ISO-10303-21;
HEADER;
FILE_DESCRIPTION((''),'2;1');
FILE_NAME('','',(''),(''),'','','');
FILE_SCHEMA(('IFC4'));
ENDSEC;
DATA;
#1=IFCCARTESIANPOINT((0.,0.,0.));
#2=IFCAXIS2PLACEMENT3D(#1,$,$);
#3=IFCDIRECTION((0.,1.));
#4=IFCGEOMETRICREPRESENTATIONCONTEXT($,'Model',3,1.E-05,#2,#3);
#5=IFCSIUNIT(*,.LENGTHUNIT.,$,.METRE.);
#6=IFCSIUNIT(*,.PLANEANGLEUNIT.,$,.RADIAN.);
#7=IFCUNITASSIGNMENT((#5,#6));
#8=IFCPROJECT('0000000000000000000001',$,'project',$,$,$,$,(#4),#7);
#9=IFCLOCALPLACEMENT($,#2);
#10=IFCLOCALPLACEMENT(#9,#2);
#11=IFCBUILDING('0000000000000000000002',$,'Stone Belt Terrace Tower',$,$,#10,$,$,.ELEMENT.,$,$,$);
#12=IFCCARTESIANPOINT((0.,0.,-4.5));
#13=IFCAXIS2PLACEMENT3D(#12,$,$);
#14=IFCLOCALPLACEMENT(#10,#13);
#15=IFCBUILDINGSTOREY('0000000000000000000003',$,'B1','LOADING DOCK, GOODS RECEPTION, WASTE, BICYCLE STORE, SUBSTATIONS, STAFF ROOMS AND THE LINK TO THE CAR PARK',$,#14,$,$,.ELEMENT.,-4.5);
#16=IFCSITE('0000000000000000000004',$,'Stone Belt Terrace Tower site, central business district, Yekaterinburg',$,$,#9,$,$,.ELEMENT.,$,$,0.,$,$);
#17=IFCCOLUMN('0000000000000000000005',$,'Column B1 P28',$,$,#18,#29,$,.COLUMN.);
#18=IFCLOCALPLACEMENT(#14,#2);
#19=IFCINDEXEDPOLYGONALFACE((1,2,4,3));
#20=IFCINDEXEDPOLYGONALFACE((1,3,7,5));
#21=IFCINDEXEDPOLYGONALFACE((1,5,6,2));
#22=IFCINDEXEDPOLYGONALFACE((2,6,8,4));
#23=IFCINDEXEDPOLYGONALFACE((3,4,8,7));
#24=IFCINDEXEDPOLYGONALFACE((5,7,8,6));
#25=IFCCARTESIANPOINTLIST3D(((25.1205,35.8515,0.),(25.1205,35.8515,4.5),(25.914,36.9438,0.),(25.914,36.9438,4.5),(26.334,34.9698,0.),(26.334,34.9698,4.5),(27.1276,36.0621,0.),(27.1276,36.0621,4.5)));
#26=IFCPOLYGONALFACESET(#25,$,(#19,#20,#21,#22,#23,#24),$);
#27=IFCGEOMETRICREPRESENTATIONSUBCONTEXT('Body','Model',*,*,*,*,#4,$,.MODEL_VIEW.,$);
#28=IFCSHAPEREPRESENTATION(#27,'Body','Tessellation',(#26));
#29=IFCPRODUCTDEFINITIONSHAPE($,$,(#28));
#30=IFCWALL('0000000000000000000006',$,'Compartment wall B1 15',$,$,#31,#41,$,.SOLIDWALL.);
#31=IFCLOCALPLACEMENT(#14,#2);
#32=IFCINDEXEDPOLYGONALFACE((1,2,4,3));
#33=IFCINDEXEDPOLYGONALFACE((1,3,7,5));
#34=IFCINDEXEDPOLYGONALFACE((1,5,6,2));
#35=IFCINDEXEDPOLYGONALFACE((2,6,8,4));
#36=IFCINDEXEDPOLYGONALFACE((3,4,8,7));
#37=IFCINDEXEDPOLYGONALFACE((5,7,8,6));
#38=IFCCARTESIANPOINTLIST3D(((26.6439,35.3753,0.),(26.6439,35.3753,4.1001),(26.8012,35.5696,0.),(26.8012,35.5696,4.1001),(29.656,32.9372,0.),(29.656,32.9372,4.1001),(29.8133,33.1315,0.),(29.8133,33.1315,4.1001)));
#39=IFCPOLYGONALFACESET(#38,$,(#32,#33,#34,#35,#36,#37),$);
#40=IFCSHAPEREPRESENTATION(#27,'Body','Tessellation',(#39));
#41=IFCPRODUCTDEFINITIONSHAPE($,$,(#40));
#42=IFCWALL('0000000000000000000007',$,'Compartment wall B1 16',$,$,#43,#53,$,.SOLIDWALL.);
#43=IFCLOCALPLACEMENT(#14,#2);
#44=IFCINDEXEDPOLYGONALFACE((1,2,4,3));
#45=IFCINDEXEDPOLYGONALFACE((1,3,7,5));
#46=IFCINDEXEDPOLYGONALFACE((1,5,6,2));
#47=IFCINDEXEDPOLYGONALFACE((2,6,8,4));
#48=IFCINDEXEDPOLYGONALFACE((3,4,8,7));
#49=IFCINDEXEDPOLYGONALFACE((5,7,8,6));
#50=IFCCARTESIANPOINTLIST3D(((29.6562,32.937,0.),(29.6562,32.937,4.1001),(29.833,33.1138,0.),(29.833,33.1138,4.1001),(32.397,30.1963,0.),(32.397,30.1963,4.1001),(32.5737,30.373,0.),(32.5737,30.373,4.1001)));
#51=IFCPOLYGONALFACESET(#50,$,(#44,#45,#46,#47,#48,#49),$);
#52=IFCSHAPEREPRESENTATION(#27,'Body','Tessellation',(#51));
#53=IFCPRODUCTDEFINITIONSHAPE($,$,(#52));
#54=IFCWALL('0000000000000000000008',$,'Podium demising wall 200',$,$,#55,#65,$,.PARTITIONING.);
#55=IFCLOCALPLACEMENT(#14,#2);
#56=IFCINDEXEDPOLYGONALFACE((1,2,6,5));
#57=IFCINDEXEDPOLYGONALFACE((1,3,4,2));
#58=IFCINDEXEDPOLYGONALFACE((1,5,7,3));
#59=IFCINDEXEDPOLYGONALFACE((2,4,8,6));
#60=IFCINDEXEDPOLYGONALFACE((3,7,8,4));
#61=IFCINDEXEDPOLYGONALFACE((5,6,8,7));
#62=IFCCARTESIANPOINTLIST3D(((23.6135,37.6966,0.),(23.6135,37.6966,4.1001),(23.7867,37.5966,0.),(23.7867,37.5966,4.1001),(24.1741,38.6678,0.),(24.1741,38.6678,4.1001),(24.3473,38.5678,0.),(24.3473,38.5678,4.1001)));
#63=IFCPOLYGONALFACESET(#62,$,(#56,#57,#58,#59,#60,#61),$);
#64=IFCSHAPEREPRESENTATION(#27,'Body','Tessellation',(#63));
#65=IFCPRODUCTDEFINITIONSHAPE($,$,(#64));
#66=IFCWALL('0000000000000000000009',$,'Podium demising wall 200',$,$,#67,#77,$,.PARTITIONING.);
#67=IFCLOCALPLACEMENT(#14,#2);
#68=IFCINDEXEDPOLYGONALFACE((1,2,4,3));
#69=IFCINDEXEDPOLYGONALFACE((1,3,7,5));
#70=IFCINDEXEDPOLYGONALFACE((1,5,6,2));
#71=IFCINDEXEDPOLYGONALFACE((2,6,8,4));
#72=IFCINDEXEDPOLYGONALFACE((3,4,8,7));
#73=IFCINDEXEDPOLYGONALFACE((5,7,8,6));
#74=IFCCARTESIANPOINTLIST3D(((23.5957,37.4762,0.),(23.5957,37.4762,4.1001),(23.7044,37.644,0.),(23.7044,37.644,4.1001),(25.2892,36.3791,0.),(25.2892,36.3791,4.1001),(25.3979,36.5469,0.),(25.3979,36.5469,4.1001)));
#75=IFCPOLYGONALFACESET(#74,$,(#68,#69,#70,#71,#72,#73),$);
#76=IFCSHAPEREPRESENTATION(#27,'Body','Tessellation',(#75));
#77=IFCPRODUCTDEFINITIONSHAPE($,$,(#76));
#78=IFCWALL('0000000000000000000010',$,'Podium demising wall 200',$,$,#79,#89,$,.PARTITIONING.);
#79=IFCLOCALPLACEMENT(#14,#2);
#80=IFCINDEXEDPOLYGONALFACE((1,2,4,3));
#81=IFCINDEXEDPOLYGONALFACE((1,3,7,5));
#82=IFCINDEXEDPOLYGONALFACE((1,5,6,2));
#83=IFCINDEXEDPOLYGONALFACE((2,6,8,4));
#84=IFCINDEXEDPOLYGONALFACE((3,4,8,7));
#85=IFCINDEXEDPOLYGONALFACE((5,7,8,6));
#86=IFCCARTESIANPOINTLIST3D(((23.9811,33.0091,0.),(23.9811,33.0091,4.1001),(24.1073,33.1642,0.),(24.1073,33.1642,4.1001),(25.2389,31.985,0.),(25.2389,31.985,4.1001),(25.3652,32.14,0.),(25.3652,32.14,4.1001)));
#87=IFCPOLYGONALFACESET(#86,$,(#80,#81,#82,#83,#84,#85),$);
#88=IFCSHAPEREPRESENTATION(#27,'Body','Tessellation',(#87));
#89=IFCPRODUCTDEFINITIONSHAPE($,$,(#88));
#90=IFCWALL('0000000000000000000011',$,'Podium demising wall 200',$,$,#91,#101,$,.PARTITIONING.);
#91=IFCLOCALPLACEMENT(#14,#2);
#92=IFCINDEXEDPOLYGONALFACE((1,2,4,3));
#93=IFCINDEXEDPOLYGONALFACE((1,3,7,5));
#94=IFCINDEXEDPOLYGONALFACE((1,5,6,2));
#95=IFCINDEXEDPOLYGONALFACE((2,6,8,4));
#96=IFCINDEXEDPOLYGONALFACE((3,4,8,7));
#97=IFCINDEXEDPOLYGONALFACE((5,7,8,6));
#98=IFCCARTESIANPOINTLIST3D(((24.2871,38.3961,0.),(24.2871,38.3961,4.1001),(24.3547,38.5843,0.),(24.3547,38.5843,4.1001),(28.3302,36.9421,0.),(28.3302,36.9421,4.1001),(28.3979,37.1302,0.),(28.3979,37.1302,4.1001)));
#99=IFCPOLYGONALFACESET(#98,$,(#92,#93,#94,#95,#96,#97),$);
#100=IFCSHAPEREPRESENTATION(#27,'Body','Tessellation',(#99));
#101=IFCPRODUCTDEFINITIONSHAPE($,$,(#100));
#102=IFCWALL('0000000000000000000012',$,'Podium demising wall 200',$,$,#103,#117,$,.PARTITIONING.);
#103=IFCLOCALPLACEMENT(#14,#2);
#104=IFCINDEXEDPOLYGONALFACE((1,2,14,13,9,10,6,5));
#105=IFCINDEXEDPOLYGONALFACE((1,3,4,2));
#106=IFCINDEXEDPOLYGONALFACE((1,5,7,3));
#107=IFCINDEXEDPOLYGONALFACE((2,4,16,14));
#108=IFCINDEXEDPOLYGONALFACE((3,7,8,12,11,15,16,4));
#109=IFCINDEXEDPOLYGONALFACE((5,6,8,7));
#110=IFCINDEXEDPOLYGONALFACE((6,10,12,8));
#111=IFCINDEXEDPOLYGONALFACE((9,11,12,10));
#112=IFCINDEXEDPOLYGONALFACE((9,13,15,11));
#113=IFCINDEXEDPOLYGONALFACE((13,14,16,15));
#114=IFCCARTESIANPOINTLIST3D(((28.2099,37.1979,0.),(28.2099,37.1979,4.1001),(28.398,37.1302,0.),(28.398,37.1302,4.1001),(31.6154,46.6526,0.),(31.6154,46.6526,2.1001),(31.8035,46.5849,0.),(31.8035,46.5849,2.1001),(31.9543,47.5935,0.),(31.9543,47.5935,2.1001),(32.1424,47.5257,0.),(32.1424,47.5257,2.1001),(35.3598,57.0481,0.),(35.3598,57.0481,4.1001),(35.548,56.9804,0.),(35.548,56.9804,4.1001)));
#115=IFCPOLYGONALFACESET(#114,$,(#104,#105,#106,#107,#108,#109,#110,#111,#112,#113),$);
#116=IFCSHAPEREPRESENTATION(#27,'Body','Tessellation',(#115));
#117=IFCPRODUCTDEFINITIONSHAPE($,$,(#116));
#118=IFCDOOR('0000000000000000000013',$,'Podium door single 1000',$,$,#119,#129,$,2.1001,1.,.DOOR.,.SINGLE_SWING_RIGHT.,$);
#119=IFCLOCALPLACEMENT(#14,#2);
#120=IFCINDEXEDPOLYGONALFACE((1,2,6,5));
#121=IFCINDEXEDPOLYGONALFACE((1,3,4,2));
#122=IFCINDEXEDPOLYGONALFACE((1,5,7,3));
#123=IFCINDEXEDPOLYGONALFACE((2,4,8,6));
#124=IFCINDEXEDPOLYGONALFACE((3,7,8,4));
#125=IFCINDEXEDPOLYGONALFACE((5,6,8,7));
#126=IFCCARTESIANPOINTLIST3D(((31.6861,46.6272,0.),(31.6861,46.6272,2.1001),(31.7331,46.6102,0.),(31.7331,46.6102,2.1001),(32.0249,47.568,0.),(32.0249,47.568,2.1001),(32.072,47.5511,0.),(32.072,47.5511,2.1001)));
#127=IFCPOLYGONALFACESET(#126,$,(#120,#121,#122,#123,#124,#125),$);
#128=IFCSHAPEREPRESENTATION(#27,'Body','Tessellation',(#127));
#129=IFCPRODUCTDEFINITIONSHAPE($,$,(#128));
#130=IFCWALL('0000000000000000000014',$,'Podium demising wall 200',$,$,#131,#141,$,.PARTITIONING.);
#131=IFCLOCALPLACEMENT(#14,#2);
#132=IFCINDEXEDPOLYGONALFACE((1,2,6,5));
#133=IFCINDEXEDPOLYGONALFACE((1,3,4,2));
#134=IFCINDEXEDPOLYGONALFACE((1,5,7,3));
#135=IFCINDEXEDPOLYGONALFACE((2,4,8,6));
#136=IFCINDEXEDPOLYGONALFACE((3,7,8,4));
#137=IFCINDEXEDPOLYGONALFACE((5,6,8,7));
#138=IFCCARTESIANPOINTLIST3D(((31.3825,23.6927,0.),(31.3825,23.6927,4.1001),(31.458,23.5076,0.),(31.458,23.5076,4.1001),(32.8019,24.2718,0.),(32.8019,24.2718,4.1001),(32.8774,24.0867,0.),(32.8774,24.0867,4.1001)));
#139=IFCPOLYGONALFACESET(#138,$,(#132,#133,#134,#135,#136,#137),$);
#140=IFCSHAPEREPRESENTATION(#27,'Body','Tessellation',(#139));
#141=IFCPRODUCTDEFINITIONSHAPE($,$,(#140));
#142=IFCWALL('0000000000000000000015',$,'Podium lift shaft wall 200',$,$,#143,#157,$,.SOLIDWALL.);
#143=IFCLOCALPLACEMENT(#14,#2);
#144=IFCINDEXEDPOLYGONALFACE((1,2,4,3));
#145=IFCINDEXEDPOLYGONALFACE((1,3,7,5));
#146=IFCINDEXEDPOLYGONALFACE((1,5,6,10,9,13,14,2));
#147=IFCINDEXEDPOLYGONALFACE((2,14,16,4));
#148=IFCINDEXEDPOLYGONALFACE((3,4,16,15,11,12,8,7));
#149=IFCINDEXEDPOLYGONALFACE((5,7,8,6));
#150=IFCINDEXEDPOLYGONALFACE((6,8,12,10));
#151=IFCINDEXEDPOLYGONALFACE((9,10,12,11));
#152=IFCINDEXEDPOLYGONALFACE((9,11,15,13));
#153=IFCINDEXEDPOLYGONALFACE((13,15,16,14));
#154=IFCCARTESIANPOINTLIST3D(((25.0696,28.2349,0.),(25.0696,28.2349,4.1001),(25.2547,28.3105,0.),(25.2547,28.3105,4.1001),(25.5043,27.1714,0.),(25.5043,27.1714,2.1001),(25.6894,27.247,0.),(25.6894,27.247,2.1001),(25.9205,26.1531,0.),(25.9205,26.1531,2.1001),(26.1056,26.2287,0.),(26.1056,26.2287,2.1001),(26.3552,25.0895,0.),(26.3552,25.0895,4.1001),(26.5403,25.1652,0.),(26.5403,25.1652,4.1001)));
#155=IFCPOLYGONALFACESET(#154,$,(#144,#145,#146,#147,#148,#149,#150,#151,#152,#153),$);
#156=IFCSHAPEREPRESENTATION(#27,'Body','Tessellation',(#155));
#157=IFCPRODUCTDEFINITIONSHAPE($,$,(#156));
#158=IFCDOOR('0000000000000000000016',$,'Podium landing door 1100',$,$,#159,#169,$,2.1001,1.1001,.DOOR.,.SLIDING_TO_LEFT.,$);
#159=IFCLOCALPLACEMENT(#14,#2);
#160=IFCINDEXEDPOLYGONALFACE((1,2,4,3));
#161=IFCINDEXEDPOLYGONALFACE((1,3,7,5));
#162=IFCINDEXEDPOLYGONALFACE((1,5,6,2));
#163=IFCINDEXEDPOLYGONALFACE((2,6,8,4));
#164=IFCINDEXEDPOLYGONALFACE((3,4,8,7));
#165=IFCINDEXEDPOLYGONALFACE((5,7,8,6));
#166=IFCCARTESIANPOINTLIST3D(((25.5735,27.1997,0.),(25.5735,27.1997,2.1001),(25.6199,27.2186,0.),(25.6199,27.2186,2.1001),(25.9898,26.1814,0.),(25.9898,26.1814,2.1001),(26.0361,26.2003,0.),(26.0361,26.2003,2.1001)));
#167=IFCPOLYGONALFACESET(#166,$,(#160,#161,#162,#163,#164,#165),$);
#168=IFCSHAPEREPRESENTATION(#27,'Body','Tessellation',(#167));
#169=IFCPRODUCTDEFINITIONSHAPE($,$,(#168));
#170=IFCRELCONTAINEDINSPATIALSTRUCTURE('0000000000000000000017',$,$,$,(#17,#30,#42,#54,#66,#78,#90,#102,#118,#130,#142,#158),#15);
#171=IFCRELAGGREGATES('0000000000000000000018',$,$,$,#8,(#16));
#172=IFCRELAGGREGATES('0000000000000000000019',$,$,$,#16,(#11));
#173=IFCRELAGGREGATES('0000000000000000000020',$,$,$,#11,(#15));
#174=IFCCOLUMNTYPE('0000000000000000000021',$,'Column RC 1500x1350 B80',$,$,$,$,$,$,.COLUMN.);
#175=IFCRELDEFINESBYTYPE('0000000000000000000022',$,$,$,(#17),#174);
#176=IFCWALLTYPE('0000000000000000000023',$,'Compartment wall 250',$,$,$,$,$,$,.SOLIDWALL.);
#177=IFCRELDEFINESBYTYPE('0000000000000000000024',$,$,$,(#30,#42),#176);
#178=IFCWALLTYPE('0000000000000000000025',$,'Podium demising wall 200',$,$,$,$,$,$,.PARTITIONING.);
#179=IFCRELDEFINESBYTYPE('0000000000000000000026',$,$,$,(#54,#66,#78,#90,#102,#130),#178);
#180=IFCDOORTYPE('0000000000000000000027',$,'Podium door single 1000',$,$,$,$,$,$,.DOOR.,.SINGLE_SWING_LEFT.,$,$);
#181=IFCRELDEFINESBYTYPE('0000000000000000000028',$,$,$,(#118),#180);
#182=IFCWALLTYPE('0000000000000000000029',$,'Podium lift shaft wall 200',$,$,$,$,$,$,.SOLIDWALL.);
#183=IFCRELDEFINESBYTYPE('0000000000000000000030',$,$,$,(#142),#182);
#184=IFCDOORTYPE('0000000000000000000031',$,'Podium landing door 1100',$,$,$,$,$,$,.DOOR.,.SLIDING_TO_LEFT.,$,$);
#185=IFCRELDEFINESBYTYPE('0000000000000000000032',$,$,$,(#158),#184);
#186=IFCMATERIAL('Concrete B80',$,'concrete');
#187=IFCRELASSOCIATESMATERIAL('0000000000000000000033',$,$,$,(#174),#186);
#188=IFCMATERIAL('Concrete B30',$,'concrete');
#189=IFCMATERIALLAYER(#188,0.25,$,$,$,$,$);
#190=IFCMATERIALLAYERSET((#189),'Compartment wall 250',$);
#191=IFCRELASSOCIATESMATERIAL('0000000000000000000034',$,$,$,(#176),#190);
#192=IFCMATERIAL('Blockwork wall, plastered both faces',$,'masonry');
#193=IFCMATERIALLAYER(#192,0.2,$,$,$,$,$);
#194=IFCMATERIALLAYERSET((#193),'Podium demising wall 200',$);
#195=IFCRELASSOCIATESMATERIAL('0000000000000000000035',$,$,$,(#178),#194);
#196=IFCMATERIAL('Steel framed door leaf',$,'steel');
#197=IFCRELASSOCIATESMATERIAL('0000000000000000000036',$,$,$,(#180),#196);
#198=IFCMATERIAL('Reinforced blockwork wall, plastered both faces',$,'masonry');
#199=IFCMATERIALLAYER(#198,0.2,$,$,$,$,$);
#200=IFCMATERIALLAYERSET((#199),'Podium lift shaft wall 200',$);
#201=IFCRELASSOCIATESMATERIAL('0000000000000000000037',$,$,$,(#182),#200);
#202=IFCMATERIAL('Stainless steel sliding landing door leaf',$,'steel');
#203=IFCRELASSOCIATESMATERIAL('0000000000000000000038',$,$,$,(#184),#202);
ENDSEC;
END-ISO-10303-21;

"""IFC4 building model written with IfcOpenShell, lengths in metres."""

from ifc_helpers import new_model, si_unit, direction, frame, frame_2d, origin, origin_2d, place, context, subcontext, project, spatial, rectangle, extrude, material, layer, layer_set, material_profile, profile_set, type_object, element, fill, save


model = new_model("IFC4")

# Units and contexts
model_context = context("Model", 3, precision=1e-05, world=origin(), true_north=direction((0.0, 1.0)))
body_context = subcontext(model_context, "Body", "Model", "MODEL_VIEW")
ifc_project = project(units=[si_unit("LENGTHUNIT", "METRE"), si_unit("PLANEANGLEUNIT", "RADIAN")], contexts=[model_context])

# Site, building, storey
site_placement = place(None, origin())
site = spatial("IfcSite", under=ifc_project, at=site_placement, Name="Stone Belt Terrace Tower site, central business district, Yekaterinburg", CompositionType="ELEMENT", RefElevation=0.0)
building_placement = place(site_placement, origin())
building = spatial("IfcBuilding", under=site, at=building_placement, Name="Stone Belt Terrace Tower", CompositionType="ELEMENT")
storey_placement = place(building_placement, frame((0.0, 0.0, -4.5)))
storey = spatial("IfcBuildingStorey", under=building, at=storey_placement, Name="B1", Description="LOADING DOCK, GOODS RECEPTION, WASTE, BICYCLE STORE, SUBSTATIONS, STAFF ROOMS AND THE LINK TO THE CAR PARK", CompositionType="ELEMENT", Elevation=-4.5)

# Column
ifc_material_1 = material(Name="Concrete B80", Category="concrete")
ifc_material_profile = material_profile(ifc_material_1, rectangle(XDim=1.5, YDim=1.3501, at=origin_2d()), Name="RC 1500x1350")
ifc_profile_set = profile_set([ifc_material_profile], Name="Concrete B80")
column_type = type_object("IfcColumnType", Name="Column RC 1500x1350 B80", PredefinedType="COLUMN", material=ifc_profile_set)
column_placement = place(storey_placement, frame((26.124, 35.9568, 0.0), z_axis=(0.0, 0.0, 1.0), x_axis=(0.809017, -0.587785, 0.0)))
element("IfcColumn", 1, at=column_placement, inside=storey, type_object=column_type, Name="Column B1 P28", PredefinedType="COLUMN", context=body_context, shape_type="SweptSolid", body=[
    extrude(rectangle(XDim=1.5, YDim=1.3501, at=origin_2d()), origin(), (0.0, 0.0, 1.0), 4.5),
])

# Walls
ifc_material_2 = material(Name="Concrete B30", Category="concrete")
ifc_layer_1 = layer(ifc_material_2, 0.25)
ifc_layer_set_1 = layer_set([ifc_layer_1], Name="Compartment wall 250")
wall_type_1 = type_object("IfcWallType", Name="Compartment wall 250", PredefinedType="SOLIDWALL", material=ifc_layer_set_1)
wall_1_placement = place(storey_placement, frame((26.7227, 35.4724, 0.0), z_axis=(0.0, 0.0, 1.0), x_axis=(0.777273, -0.629164, 0.0)))
element("IfcWall", 2, at=wall_1_placement, inside=storey, type_object=wall_type_1, Name="Compartment wall B1 15", PredefinedType="SOLIDWALL", context=body_context, shape_type="SweptSolid", body=[
    extrude(rectangle(XDim=3.8752, YDim=0.25, at=frame_2d((1.9375, 0.0))), origin(), (0.0, 0.0, 1.0), 4.1001),
])
wall_2_placement = place(storey_placement, frame((29.7446, 33.0254, 0.0), z_axis=(0.0, 0.0, 1.0), x_axis=(0.707107, -0.707107, 0.0)))
element("IfcWall", 3, at=wall_2_placement, inside=storey, type_object=wall_type_1, Name="Compartment wall B1 16", PredefinedType="SOLIDWALL", context=body_context, shape_type="SweptSolid", body=[
    extrude(rectangle(XDim=3.876, YDim=0.25, at=frame_2d((1.938, 0.0))), origin(), (0.0, 0.0, 1.0), 4.1001),
])
ifc_material_3 = material(Name="Blockwork wall, plastered both faces", Category="masonry")
ifc_layer_2 = layer(ifc_material_3, 0.2)
ifc_layer_set_2 = layer_set([ifc_layer_2], Name="Podium demising wall 200")
wall_type_2 = type_object("IfcWallType", Name="Podium demising wall 200", PredefinedType="PARTITIONING", material=ifc_layer_set_2)
wall_3_placement = place(storey_placement, frame((23.7002, 37.6467, 0.0), z_axis=(0.0, 0.0, 1.0), x_axis=(0.499886, 0.866091, 0.0)))
element("IfcWall", 4, at=wall_3_placement, inside=storey, type_object=wall_type_2, Name="Podium demising wall 200", PredefinedType="PARTITIONING", context=body_context, shape_type="SweptSolid", body=[
    extrude(rectangle(XDim=1.1213, YDim=0.2, at=frame_2d((0.5605, 0.0))), origin(), (0.0, 0.0, 1.0), 4.1001),
])
wall_4_placement = place(storey_placement, frame((23.6501, 37.5601, 0.0), z_axis=(0.0, 0.0, 1.0), x_axis=(0.839275, -0.543708, 0.0)))
element("IfcWall", 5, at=wall_4_placement, inside=storey, type_object=wall_type_2, Name="Podium demising wall 200", PredefinedType="PARTITIONING", context=body_context, shape_type="SweptSolid", body=[
    extrude(rectangle(XDim=2.0178, YDim=0.2, at=frame_2d((1.0088, 0.0))), origin(), (0.0, 0.0, 1.0), 4.1001),
])
wall_5_placement = place(storey_placement, frame((24.0442, 33.0867, 0.0), z_axis=(0.0, 0.0, 1.0), x_axis=(0.775451, -0.631408, 0.0)))
element("IfcWall", 6, at=wall_5_placement, inside=storey, type_object=wall_type_2, Name="Podium demising wall 200", PredefinedType="PARTITIONING", context=body_context, shape_type="SweptSolid", body=[
    extrude(rectangle(XDim=1.6221, YDim=0.2, at=frame_2d((0.811, 0.0))), origin(), (0.0, 0.0, 1.0), 4.1001),
])
wall_6_placement = place(storey_placement, frame((24.3208, 38.4902, 0.0), z_axis=(0.0, 0.0, 1.0), x_axis=(0.940995, -0.33842, 0.0)))
element("IfcWall", 7, at=wall_6_placement, inside=storey, type_object=wall_type_2, Name="Podium demising wall 200", PredefinedType="PARTITIONING", context=body_context, shape_type="SweptSolid", body=[
    extrude(rectangle(XDim=4.2966, YDim=0.2, at=frame_2d((2.1484, 0.0))), origin(), (0.0, 0.0, 1.0), 4.1001),
])

# Wall, opening, door
wall_7_placement = place(storey_placement, frame((28.304, 37.1641, 0.0), z_axis=(0.0, 0.0, 1.0), x_axis=(0.338882, 0.940829, 0.0)))
wall_7 = element("IfcWall", 8, at=wall_7_placement, inside=storey, type_object=wall_type_2, Name="Podium demising wall 200", PredefinedType="PARTITIONING", context=body_context, shape_type="SweptSolid", body=[
    extrude(rectangle(XDim=21.0986, YDim=0.2, at=frame_2d((10.5493, 0.0))), origin(), (0.0, 0.0, 1.0), 4.1001),
])
opening_1_placement = place(wall_7_placement, frame((10.0493, 0.0, 0.0)))
opening_1 = element("IfcOpeningElement", 9, at=opening_1_placement, cuts=wall_7, PredefinedType="OPENING", context=body_context, shape_type="SweptSolid", body=[
    extrude(rectangle(XDim=1.0, YDim=2.1001, at=frame_2d((0.5, 1.05))), frame((0.0, 0.1099, 0.0), z_axis=(0.0, -1.0, 0.0), x_axis=(1.0, 0.0, 0.0)), (0.0, 0.0, 1.0), 0.22),
])
ifc_material_4 = material(Name="Steel framed door leaf", Category="steel")
door_type_1 = type_object("IfcDoorType", Name="Podium door single 1000", OperationType="SINGLE_SWING_LEFT", PredefinedType="DOOR", material=ifc_material_4)
door_1_placement = place(opening_1_placement, origin())
door_1 = element("IfcDoor", 10, at=door_1_placement, inside=storey, type_object=door_type_1, Name="Podium door single 1000", OperationType="SINGLE_SWING_RIGHT", OverallHeight=2.1001, OverallWidth=1.0, PredefinedType="DOOR", context=body_context, shape_type="SweptSolid", body=[
    extrude(rectangle(XDim=1.0, YDim=2.1001, at=frame_2d((0.5, 1.05))), frame((0.0, 0.0249, 0.0), z_axis=(0.0, -1.0, 0.0), x_axis=(1.0, 0.0, 0.0)), (0.0, 0.0, 1.0), 0.05),
])
fill(opening_1, door_1)

# Wall
wall_8_placement = place(storey_placement, frame((31.4202, 23.6001, 0.0), z_axis=(0.0, 0.0, 1.0), x_axis=(0.925907, 0.377752, 0.0)))
element("IfcWall", 11, at=wall_8_placement, inside=storey, type_object=wall_type_2, Name="Podium demising wall 200", PredefinedType="PARTITIONING", context=body_context, shape_type="SweptSolid", body=[
    extrude(rectangle(XDim=1.533, YDim=0.2, at=frame_2d((0.7666, 0.0))), origin(), (0.0, 0.0, 1.0), 4.1001),
])

# Wall, opening, door
ifc_material_5 = material(Name="Reinforced blockwork wall, plastered both faces", Category="masonry")
ifc_layer_3 = layer(ifc_material_5, 0.2)
ifc_layer_set_3 = layer_set([ifc_layer_3], Name="Podium lift shaft wall 200")
wall_type_3 = type_object("IfcWallType", Name="Podium lift shaft wall 200", PredefinedType="SOLIDWALL", material=ifc_layer_set_3)
wall_9_placement = place(storey_placement, frame((25.1621, 28.2727, 0.0), z_axis=(0.0, 0.0, 1.0), x_axis=(0.378367, -0.925656, 0.0)))
wall_9 = element("IfcWall", 12, at=wall_9_placement, inside=storey, type_object=wall_type_3, Name="Podium lift shaft wall 200", PredefinedType="SOLIDWALL", context=body_context, shape_type="SweptSolid", body=[
    extrude(rectangle(XDim=3.3979, YDim=0.2, at=frame_2d((1.699, 0.0))), origin(), (0.0, 0.0, 1.0), 4.1001),
])
opening_2_placement = place(wall_9_placement, frame((1.1489, 0.0, 0.0)))
opening_2 = element("IfcOpeningElement", 13, at=opening_2_placement, cuts=wall_9, PredefinedType="OPENING", context=body_context, shape_type="SweptSolid", body=[
    extrude(rectangle(XDim=1.1001, YDim=2.1001, at=frame_2d((0.55, 1.05))), frame((0.0, 0.1099, 0.0), z_axis=(0.0, -1.0, 0.0), x_axis=(1.0, 0.0, 0.0)), (0.0, 0.0, 1.0), 0.22),
])
ifc_material_6 = material(Name="Stainless steel sliding landing door leaf", Category="steel")
door_type_2 = type_object("IfcDoorType", Name="Podium landing door 1100", OperationType="SLIDING_TO_LEFT", PredefinedType="DOOR", material=ifc_material_6)
door_2_placement = place(opening_2_placement, origin())
door_2 = element("IfcDoor", 14, at=door_2_placement, inside=storey, type_object=door_type_2, Name="Podium landing door 1100", OperationType="SLIDING_TO_LEFT", OverallHeight=2.1001, OverallWidth=1.1001, PredefinedType="DOOR", context=body_context, shape_type="SweptSolid", body=[
    extrude(rectangle(XDim=1.1001, YDim=2.1001, at=frame_2d((0.55, 1.05))), frame((0.0, 0.0249, 0.0), z_axis=(0.0, -1.0, 0.0), x_axis=(1.0, 0.0, 0.0)), (0.0, 0.0, 1.0), 0.05),
])
fill(opening_2, door_2)

save(model, "model.ifc")
